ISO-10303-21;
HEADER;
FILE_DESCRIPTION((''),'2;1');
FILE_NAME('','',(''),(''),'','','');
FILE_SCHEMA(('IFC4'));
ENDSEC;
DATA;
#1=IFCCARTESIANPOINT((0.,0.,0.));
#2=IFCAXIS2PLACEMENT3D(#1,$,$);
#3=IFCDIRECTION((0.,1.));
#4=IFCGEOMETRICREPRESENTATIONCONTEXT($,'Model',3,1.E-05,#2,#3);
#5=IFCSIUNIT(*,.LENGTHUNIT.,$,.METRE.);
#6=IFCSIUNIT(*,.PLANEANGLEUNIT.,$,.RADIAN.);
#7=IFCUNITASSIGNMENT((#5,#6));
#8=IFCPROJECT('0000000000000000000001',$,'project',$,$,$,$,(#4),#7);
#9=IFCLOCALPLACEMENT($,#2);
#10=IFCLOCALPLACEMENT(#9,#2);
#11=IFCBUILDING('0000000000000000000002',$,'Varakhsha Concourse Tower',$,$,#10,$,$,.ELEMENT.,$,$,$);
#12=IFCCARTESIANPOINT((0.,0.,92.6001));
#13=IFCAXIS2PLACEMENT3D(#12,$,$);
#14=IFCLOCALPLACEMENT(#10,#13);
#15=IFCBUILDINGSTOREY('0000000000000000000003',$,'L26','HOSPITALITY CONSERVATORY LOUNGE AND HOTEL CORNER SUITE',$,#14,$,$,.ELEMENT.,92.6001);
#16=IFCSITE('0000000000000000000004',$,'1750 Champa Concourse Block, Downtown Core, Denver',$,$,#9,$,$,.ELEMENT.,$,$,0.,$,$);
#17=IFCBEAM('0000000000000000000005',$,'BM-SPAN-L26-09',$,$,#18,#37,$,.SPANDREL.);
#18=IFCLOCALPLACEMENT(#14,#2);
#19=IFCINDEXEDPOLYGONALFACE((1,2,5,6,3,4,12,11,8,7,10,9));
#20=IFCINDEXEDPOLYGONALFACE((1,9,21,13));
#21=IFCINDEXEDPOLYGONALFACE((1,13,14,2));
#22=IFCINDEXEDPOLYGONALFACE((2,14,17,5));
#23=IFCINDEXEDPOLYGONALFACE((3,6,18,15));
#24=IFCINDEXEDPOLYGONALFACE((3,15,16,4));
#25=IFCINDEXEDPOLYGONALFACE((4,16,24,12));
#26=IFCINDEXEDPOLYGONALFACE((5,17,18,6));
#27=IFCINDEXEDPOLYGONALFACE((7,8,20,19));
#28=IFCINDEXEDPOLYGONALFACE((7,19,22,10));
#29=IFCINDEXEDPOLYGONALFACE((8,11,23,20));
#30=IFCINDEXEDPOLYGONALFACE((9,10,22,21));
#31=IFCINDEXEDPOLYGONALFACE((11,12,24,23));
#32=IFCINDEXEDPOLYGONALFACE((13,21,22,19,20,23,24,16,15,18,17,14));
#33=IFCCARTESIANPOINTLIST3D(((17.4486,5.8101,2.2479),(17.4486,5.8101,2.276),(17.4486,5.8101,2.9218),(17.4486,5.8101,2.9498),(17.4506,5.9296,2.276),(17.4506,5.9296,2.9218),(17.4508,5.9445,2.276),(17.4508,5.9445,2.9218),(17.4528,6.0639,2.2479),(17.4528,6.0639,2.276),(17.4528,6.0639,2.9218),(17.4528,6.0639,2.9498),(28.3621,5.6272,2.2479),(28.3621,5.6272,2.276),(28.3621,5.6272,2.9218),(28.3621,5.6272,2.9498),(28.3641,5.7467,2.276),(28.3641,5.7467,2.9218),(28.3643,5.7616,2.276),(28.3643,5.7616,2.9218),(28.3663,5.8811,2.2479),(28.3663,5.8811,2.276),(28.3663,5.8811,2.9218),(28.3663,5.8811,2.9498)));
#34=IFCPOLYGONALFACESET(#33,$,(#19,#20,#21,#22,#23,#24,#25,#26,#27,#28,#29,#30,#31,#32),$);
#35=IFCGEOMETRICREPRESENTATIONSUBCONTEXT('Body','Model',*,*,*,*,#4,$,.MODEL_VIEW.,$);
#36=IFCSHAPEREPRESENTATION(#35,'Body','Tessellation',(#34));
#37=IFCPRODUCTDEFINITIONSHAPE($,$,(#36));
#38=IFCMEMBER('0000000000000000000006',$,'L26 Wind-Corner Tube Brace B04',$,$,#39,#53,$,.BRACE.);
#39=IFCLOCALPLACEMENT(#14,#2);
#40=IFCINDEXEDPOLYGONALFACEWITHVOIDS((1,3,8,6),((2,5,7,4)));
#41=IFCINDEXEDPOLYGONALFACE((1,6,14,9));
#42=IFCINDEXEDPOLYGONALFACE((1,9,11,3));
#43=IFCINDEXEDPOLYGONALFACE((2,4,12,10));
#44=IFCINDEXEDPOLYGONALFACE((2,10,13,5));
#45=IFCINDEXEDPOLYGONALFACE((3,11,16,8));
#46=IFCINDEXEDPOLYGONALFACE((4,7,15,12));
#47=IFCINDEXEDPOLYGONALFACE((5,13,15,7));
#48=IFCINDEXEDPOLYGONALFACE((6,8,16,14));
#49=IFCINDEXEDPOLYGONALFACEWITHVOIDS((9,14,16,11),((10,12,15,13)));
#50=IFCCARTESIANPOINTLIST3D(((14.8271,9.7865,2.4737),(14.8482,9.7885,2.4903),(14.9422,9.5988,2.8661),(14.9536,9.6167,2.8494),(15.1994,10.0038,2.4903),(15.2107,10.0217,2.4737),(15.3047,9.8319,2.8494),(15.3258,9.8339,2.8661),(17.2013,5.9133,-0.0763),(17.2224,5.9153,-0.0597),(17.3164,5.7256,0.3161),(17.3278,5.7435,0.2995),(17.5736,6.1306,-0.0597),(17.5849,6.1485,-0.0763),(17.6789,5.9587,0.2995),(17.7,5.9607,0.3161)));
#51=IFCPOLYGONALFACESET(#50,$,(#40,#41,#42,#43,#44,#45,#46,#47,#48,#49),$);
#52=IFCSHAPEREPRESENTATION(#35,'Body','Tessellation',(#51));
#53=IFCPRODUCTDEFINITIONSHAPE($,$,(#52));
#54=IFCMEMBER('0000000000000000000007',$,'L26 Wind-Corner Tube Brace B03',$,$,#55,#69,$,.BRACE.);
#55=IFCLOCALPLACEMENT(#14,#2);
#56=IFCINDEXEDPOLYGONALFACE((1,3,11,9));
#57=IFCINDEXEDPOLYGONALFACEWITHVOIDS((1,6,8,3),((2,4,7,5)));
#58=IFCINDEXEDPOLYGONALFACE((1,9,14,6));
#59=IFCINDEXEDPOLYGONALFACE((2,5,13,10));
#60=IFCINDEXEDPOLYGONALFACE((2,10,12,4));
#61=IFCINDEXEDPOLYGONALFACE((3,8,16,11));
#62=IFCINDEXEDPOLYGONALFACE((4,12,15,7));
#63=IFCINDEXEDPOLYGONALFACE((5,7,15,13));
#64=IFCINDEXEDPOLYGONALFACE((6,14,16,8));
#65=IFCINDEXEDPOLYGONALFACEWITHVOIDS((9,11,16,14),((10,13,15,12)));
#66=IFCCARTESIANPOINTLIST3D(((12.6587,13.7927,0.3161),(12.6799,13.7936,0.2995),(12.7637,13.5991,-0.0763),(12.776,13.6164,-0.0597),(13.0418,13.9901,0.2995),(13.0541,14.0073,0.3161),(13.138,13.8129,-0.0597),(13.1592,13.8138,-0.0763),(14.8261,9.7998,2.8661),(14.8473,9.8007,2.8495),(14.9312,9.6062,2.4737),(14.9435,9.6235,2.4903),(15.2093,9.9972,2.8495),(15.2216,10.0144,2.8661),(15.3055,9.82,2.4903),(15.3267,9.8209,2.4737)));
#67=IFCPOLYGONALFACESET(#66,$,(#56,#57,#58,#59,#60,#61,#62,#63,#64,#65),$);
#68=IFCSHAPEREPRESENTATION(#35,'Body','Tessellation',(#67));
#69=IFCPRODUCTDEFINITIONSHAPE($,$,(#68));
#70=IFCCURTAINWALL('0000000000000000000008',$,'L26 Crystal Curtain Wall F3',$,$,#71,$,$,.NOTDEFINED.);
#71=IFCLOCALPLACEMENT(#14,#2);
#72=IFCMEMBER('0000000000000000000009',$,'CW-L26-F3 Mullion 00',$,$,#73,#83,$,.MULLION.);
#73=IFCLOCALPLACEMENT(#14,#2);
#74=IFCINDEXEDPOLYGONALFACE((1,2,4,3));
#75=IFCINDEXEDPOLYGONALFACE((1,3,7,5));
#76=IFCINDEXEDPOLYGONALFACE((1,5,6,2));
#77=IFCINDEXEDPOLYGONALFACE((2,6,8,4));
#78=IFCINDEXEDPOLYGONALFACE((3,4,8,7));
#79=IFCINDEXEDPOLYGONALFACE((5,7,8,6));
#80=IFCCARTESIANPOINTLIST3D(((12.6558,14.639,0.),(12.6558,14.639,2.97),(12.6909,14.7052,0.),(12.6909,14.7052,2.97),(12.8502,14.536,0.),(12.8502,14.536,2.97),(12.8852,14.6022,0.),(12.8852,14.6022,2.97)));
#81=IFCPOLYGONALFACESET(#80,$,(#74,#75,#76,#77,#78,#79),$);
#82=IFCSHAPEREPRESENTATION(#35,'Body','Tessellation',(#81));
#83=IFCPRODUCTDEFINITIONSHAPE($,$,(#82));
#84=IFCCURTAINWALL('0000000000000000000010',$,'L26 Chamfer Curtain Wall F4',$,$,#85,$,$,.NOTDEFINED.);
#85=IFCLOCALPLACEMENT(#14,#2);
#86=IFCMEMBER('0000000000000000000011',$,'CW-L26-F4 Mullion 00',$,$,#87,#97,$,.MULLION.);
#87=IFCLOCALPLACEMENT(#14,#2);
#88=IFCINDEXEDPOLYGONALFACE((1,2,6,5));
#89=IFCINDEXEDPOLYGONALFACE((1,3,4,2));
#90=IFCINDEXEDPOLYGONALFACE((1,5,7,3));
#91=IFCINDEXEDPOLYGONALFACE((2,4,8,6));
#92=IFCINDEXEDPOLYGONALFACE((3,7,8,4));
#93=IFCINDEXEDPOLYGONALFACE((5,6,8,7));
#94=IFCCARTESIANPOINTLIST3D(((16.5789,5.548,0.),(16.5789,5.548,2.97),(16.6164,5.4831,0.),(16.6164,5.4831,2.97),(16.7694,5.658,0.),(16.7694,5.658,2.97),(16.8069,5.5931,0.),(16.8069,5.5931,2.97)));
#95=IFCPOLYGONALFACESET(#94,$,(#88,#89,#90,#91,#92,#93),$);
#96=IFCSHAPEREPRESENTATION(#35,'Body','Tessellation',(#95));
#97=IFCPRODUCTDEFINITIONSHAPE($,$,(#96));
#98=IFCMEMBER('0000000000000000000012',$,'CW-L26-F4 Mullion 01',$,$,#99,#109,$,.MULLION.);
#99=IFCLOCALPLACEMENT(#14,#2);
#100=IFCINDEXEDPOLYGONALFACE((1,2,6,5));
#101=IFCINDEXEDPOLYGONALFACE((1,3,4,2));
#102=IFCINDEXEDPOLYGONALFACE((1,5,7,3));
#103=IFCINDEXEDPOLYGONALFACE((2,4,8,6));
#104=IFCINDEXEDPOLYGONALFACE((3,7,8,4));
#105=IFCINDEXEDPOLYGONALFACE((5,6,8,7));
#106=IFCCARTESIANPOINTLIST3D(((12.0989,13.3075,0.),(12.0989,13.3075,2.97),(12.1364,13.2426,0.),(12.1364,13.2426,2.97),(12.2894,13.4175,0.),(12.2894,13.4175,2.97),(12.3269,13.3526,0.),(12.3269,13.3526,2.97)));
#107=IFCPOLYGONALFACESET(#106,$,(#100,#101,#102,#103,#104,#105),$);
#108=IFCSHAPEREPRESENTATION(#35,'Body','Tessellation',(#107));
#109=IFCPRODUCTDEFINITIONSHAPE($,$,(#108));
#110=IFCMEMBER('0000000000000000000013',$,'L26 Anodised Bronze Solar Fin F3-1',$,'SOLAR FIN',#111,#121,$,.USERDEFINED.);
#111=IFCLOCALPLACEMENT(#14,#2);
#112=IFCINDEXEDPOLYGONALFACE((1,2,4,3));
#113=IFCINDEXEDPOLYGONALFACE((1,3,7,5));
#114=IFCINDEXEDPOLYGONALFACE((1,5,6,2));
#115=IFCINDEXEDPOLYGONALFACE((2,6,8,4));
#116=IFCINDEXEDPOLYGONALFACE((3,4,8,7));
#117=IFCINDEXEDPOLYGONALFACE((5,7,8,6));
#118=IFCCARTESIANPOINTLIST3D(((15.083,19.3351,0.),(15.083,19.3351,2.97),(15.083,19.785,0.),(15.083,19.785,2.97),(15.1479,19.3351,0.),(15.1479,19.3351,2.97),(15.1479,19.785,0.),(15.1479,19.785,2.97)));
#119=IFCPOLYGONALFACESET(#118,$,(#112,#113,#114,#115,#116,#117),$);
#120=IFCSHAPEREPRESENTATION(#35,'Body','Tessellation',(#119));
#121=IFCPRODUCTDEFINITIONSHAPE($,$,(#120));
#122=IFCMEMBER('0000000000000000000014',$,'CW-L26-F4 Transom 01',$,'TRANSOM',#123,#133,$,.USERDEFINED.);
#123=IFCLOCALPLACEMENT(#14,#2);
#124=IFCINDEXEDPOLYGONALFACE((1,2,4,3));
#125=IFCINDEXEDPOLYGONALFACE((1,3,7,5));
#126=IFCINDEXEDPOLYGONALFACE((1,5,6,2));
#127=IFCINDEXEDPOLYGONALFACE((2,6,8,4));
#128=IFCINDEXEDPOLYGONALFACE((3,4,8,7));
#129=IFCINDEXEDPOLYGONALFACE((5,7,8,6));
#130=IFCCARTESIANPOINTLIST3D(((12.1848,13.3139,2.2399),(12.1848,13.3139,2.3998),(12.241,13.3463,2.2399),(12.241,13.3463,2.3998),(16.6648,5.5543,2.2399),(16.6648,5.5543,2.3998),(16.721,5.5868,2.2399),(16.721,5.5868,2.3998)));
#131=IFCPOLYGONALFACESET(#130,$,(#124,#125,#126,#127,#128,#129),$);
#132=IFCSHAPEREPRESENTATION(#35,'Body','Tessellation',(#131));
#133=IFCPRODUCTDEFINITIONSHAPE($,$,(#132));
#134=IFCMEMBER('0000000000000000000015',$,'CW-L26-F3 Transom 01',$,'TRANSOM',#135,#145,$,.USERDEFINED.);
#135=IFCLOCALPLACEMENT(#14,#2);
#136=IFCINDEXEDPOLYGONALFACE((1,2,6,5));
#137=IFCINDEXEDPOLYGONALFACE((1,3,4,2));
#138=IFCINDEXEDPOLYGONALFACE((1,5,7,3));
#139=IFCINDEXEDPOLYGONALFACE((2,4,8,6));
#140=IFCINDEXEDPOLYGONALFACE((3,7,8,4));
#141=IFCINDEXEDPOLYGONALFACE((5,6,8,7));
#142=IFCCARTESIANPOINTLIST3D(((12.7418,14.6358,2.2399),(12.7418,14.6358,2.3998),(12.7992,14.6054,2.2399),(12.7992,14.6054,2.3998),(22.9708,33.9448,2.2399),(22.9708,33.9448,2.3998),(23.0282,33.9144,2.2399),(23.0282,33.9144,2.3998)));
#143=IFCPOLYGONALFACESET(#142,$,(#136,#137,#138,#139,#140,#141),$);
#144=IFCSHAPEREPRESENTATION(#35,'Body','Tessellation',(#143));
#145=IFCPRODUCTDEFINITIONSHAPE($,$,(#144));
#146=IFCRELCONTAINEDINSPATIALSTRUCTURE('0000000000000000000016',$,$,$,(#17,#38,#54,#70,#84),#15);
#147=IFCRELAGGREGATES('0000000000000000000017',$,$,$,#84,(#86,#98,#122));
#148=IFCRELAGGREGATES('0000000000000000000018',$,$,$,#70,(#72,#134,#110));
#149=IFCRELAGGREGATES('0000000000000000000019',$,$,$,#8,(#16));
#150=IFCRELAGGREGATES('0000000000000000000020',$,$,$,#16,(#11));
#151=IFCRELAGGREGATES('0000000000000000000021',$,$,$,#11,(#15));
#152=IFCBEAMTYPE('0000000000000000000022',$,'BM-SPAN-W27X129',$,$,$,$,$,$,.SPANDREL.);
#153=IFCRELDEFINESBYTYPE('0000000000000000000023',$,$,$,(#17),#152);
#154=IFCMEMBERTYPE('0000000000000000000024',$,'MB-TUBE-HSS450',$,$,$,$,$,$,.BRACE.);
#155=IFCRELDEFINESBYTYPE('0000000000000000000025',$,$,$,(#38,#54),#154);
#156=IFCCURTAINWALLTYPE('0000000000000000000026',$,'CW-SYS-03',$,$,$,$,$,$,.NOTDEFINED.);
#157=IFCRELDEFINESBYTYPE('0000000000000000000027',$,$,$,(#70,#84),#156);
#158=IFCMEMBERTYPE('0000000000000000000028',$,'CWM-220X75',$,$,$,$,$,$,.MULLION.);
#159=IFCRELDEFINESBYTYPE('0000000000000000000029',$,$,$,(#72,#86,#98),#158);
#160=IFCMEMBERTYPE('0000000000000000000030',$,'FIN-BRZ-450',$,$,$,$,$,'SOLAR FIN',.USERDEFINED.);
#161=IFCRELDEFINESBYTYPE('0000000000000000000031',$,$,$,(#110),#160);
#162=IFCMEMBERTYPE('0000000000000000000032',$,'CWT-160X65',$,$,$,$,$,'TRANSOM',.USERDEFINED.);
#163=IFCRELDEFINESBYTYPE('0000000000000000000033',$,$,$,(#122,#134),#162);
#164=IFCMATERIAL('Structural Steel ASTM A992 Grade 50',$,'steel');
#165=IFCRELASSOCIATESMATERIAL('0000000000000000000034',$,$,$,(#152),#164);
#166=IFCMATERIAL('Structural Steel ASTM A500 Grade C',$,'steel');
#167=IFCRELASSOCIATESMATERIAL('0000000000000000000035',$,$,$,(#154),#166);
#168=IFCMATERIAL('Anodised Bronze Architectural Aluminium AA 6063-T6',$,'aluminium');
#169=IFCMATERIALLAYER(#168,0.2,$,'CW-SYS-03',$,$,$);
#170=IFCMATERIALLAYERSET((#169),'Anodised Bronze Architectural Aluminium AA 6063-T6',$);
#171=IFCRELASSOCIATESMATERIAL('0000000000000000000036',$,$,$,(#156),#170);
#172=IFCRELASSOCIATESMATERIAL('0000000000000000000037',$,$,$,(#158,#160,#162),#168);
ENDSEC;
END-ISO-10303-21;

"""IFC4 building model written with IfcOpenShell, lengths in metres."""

from ifc_helpers import new_model, si_unit, direction, frame, origin, origin_2d, place, context, subcontext, project, spatial, rectangle, hollow_rectangle, i_section, extrude, source, transform, mapped, material, layer, layer_set, material_profile, profile_set, type_object, type_shapes, element, aggregate, save


model = new_model("IFC4")

# Units and contexts
model_context = context("Model", 3, precision=1e-05, world=origin(), true_north=direction((0.0, 1.0)))
body_context = subcontext(model_context, "Body", "Model", "MODEL_VIEW")
ifc_project = project(units=[si_unit("LENGTHUNIT", "METRE"), si_unit("PLANEANGLEUNIT", "RADIAN")], contexts=[model_context])

# Site, building, storey
site_placement = place(None, origin())
site = spatial("IfcSite", under=ifc_project, at=site_placement, Name="1750 Champa Concourse Block, Downtown Core, Denver", CompositionType="ELEMENT", RefElevation=0.0)
building_placement = place(site_placement, origin())
building = spatial("IfcBuilding", under=site, at=building_placement, Name="Varakhsha Concourse Tower", CompositionType="ELEMENT")
storey_placement = place(building_placement, frame((0.0, 0.0, 92.6001)))
storey = spatial("IfcBuildingStorey", under=building, at=storey_placement, Name="L26", Description="HOSPITALITY CONSERVATORY LOUNGE AND HOTEL CORNER SUITE", CompositionType="ELEMENT", Elevation=92.6001)

# Beam
ifc_material_1 = material(Name="Structural Steel ASTM A992 Grade 50", Category="steel")
ifc_material_profile_1 = material_profile(ifc_material_1, i_section(OverallWidth=0.2539, OverallDepth=0.7019, WebThickness=0.0149, FlangeThickness=0.0281, at=origin_2d()), Name="W27X129")
ifc_profile_set_1 = profile_set([ifc_material_profile_1], Name="Structural Steel ASTM A992 Grade 50")
beam_type_1 = type_object("IfcBeamType", Name="BM-SPAN-W27X129", PredefinedType="SPANDREL", material=ifc_profile_set_1)
beam_1_placement = place(storey_placement, frame((17.4507, 5.937, 2.5989), z_axis=(0.99986, -0.016753, 0.0), x_axis=(0.016753, 0.99986, 0.0)))
element("IfcBeam", 1, at=beam_1_placement, inside=storey, type_object=beam_type_1, Name="BM-SPAN-L26-09", PredefinedType="SPANDREL", context=body_context, shape_type="SweptSolid", body=[
    extrude(i_section(OverallWidth=0.2539, OverallDepth=0.7019, WebThickness=0.0149, FlangeThickness=0.0281, at=origin_2d()), origin(), (0.0, 0.0, 1.0), 10.915),
])

# Members
ifc_material_2 = material(Name="Structural Steel ASTM A500 Grade C", Category="steel")
ifc_material_profile_2 = material_profile(ifc_material_2, hollow_rectangle(XDim=0.45, YDim=0.45, WallThickness=0.019, at=origin_2d()), Name="HSS 450x450x19")
ifc_profile_set_2 = profile_set([ifc_material_profile_2], Name="Structural Steel ASTM A500 Grade C")
member_type_1 = type_object("IfcMemberType", Name="MB-TUBE-HSS450", PredefinedType="BRACE", material=ifc_profile_set_2)
shared_shape_1 = source(origin(), body_context, "Body", "SweptSolid", [
    extrude(hollow_rectangle(XDim=0.45, YDim=0.45, WallThickness=0.019, at=origin_2d()), origin(), (0.0, 0.0, 1.0), 5.2097),
])
member_1_placement = place(storey_placement, frame((17.4507, 5.937, 0.1199), z_axis=(-0.455729, 0.743459, 0.489469), x_axis=(-0.85257, -0.522612, 0.0)))
element("IfcMember", 2, at=member_1_placement, inside=storey, type_object=member_type_1, Name="L26 Wind-Corner Tube Brace B04", PredefinedType="BRACE", context=body_context, shape_type="MappedRepresentation", body=[
    mapped(shared_shape_1, transform((0.0, 0.0, 0.0), scale=1.0)),
])
shared_shape_2 = source(origin(), body_context, "Body", "SweptSolid", [
    extrude(hollow_rectangle(XDim=0.45, YDim=0.45, WallThickness=0.019, at=origin_2d()), origin(), (0.0, 0.0, 1.0), 5.21),
])
type_shapes(member_type_1, [shared_shape_1, shared_shape_2])
member_2_placement = place(storey_placement, frame((12.9089, 13.8032, 0.1199), z_axis=(0.416023, -0.766395, 0.489452), x_axis=(0.878863, 0.477074, 0.0)))
element("IfcMember", 3, at=member_2_placement, inside=storey, type_object=member_type_1, Name="L26 Wind-Corner Tube Brace B03", PredefinedType="BRACE", context=body_context, shape_type="MappedRepresentation", body=[
    mapped(shared_shape_2, transform((0.0, 0.0, 0.0), scale=1.0)),
])

# Curtain wall, member
ifc_material_3 = material(Name="Anodised Bronze Architectural Aluminium AA 6063-T6", Category="aluminium")
ifc_layer_1 = layer(ifc_material_3, 0.2, Name="CW-SYS-03")
ifc_layer_set_1 = layer_set([ifc_layer_1], Name="Anodised Bronze Architectural Aluminium AA 6063-T6")
curtain_wall_type = type_object("IfcCurtainWallType", Name="CW-SYS-03", PredefinedType="NOTDEFINED", material=ifc_layer_set_1)
curtain_wall_1_placement = place(storey_placement, origin())
curtain_wall_1 = element("IfcCurtainWall", 4, at=curtain_wall_1_placement, inside=storey, type_object=curtain_wall_type, Name="L26 Crystal Curtain Wall F3", PredefinedType="NOTDEFINED")
ifc_material_profile_3 = material_profile(ifc_material_3, rectangle(XDim=0.075, YDim=0.22, at=origin_2d()), Name="CWM-220X75")
ifc_profile_set_3 = profile_set([ifc_material_profile_3], Name="Anodised Bronze Architectural Aluminium AA 6063-T6")
member_type_2 = type_object("IfcMemberType", Name="CWM-220X75", PredefinedType="MULLION", material=ifc_profile_set_3)
shared_shape_3 = source(origin(), body_context, "Body", "SweptSolid", [
    extrude(rectangle(XDim=0.075, YDim=0.22, at=origin_2d()), origin(), (0.0, 0.0, 1.0), 2.97),
])
type_shapes(member_type_2, [shared_shape_3])
member_3_placement = place(storey_placement, frame((12.7705, 14.6206, 0.0), z_axis=(0.0, 0.0, 1.0), x_axis=(0.468124, 0.883663, 0.0)))
member_3 = element("IfcMember", 5, at=member_3_placement, type_object=member_type_2, Name="CW-L26-F3 Mullion 00", PredefinedType="MULLION", context=body_context, shape_type="MappedRepresentation", body=[
    mapped(shared_shape_3, transform((0.0, 0.0, 0.0), scale=1.0)),
])

# Curtain wall, members
curtain_wall_2_placement = place(storey_placement, origin())
curtain_wall_2 = element("IfcCurtainWall", 6, at=curtain_wall_2_placement, inside=storey, type_object=curtain_wall_type, Name="L26 Chamfer Curtain Wall F4", PredefinedType="NOTDEFINED")
member_4_placement = place(storey_placement, frame((16.6929, 5.5706, 0.0), z_axis=(0.0, 0.0, 1.0), x_axis=(-0.5, 0.866025, 0.0)))
member_4 = element("IfcMember", 7, at=member_4_placement, type_object=member_type_2, Name="CW-L26-F4 Mullion 00", PredefinedType="MULLION", context=body_context, shape_type="MappedRepresentation", body=[
    mapped(shared_shape_3, transform((0.0, 0.0, 0.0), scale=1.0)),
])
member_5_placement = place(storey_placement, frame((12.2129, 13.3301, 0.0), z_axis=(0.0, 0.0, 1.0), x_axis=(-0.5, 0.866025, 0.0)))
member_5 = element("IfcMember", 8, at=member_5_placement, type_object=member_type_2, Name="CW-L26-F4 Mullion 01", PredefinedType="MULLION", context=body_context, shape_type="MappedRepresentation", body=[
    mapped(shared_shape_3, transform((0.0, 0.0, 0.0), scale=1.0)),
])

# Members
ifc_material_profile_4 = material_profile(ifc_material_3, rectangle(XDim=0.0649, YDim=0.45, at=origin_2d()), Name="FIN-BRZ-450")
ifc_profile_set_4 = profile_set([ifc_material_profile_4], Name="Anodised Bronze Architectural Aluminium AA 6063-T6")
member_type_3 = type_object("IfcMemberType", Name="FIN-BRZ-450", ElementType="SOLAR FIN", PredefinedType="USERDEFINED", material=ifc_profile_set_4)
shared_shape_4 = source(origin(), body_context, "Body", "SweptSolid", [
    extrude(rectangle(XDim=0.0649, YDim=0.45, at=origin_2d()), origin(), (0.0, 0.0, 1.0), 2.97),
])
type_shapes(member_type_3, [shared_shape_4])
member_6_placement = place(storey_placement, frame((15.1155, 19.5601, 0.0), z_axis=(0.0, 0.0, 1.0), x_axis=(1.0, 0.0, 0.0)))
member_6 = element("IfcMember", 9, at=member_6_placement, type_object=member_type_3, Name="L26 Anodised Bronze Solar Fin F3-1", ObjectType="SOLAR FIN", PredefinedType="USERDEFINED", context=body_context, shape_type="MappedRepresentation", body=[
    mapped(shared_shape_4, transform((0.0, 0.0, 0.0), scale=1.0)),
])
ifc_material_profile_5 = material_profile(ifc_material_3, rectangle(XDim=0.0649, YDim=0.1599, at=origin_2d()), Name="CWT-160X65")
ifc_profile_set_5 = profile_set([ifc_material_profile_5], Name="Anodised Bronze Architectural Aluminium AA 6063-T6")
member_type_4 = type_object("IfcMemberType", Name="CWT-160X65", ElementType="TRANSOM", PredefinedType="USERDEFINED", material=ifc_profile_set_5)
shared_shape_5 = source(origin(), body_context, "Body", "SweptSolid", [
    extrude(rectangle(XDim=0.0649, YDim=0.1599, at=origin_2d()), origin(), (0.0, 0.0, 1.0), 8.96),
])
member_7_placement = place(storey_placement, frame((16.6929, 5.5706, 2.3198), z_axis=(-0.500002, 0.866025, 0.0), x_axis=(-0.866025, -0.500002, 0.0)))
member_7 = element("IfcMember", 10, at=member_7_placement, type_object=member_type_4, Name="CW-L26-F4 Transom 01", ObjectType="TRANSOM", PredefinedType="USERDEFINED", context=body_context, shape_type="MappedRepresentation", body=[
    mapped(shared_shape_5, transform((0.0, 0.0, 0.0), scale=1.0)),
])
shared_shape_6 = source(origin(), body_context, "Body", "SweptSolid", [
    extrude(rectangle(XDim=0.0649, YDim=0.1599, at=origin_2d()), origin(), (0.0, 0.0, 1.0), 21.8511),
])
type_shapes(member_type_4, [shared_shape_5, shared_shape_6])
member_8_placement = place(storey_placement, frame((12.7705, 14.6206, 2.3198), z_axis=(0.468122, 0.883664, 0.0), x_axis=(-0.883664, 0.468122, 0.0)))
member_8 = element("IfcMember", 11, at=member_8_placement, type_object=member_type_4, Name="CW-L26-F3 Transom 01", ObjectType="TRANSOM", PredefinedType="USERDEFINED", context=body_context, shape_type="MappedRepresentation", body=[
    mapped(shared_shape_6, transform((0.0, 0.0, 0.0), scale=1.0)),
])

aggregate(curtain_wall_2, [member_4, member_5, member_7])
aggregate(curtain_wall_1, [member_3, member_8, member_6])

save(model, "model.ifc")
